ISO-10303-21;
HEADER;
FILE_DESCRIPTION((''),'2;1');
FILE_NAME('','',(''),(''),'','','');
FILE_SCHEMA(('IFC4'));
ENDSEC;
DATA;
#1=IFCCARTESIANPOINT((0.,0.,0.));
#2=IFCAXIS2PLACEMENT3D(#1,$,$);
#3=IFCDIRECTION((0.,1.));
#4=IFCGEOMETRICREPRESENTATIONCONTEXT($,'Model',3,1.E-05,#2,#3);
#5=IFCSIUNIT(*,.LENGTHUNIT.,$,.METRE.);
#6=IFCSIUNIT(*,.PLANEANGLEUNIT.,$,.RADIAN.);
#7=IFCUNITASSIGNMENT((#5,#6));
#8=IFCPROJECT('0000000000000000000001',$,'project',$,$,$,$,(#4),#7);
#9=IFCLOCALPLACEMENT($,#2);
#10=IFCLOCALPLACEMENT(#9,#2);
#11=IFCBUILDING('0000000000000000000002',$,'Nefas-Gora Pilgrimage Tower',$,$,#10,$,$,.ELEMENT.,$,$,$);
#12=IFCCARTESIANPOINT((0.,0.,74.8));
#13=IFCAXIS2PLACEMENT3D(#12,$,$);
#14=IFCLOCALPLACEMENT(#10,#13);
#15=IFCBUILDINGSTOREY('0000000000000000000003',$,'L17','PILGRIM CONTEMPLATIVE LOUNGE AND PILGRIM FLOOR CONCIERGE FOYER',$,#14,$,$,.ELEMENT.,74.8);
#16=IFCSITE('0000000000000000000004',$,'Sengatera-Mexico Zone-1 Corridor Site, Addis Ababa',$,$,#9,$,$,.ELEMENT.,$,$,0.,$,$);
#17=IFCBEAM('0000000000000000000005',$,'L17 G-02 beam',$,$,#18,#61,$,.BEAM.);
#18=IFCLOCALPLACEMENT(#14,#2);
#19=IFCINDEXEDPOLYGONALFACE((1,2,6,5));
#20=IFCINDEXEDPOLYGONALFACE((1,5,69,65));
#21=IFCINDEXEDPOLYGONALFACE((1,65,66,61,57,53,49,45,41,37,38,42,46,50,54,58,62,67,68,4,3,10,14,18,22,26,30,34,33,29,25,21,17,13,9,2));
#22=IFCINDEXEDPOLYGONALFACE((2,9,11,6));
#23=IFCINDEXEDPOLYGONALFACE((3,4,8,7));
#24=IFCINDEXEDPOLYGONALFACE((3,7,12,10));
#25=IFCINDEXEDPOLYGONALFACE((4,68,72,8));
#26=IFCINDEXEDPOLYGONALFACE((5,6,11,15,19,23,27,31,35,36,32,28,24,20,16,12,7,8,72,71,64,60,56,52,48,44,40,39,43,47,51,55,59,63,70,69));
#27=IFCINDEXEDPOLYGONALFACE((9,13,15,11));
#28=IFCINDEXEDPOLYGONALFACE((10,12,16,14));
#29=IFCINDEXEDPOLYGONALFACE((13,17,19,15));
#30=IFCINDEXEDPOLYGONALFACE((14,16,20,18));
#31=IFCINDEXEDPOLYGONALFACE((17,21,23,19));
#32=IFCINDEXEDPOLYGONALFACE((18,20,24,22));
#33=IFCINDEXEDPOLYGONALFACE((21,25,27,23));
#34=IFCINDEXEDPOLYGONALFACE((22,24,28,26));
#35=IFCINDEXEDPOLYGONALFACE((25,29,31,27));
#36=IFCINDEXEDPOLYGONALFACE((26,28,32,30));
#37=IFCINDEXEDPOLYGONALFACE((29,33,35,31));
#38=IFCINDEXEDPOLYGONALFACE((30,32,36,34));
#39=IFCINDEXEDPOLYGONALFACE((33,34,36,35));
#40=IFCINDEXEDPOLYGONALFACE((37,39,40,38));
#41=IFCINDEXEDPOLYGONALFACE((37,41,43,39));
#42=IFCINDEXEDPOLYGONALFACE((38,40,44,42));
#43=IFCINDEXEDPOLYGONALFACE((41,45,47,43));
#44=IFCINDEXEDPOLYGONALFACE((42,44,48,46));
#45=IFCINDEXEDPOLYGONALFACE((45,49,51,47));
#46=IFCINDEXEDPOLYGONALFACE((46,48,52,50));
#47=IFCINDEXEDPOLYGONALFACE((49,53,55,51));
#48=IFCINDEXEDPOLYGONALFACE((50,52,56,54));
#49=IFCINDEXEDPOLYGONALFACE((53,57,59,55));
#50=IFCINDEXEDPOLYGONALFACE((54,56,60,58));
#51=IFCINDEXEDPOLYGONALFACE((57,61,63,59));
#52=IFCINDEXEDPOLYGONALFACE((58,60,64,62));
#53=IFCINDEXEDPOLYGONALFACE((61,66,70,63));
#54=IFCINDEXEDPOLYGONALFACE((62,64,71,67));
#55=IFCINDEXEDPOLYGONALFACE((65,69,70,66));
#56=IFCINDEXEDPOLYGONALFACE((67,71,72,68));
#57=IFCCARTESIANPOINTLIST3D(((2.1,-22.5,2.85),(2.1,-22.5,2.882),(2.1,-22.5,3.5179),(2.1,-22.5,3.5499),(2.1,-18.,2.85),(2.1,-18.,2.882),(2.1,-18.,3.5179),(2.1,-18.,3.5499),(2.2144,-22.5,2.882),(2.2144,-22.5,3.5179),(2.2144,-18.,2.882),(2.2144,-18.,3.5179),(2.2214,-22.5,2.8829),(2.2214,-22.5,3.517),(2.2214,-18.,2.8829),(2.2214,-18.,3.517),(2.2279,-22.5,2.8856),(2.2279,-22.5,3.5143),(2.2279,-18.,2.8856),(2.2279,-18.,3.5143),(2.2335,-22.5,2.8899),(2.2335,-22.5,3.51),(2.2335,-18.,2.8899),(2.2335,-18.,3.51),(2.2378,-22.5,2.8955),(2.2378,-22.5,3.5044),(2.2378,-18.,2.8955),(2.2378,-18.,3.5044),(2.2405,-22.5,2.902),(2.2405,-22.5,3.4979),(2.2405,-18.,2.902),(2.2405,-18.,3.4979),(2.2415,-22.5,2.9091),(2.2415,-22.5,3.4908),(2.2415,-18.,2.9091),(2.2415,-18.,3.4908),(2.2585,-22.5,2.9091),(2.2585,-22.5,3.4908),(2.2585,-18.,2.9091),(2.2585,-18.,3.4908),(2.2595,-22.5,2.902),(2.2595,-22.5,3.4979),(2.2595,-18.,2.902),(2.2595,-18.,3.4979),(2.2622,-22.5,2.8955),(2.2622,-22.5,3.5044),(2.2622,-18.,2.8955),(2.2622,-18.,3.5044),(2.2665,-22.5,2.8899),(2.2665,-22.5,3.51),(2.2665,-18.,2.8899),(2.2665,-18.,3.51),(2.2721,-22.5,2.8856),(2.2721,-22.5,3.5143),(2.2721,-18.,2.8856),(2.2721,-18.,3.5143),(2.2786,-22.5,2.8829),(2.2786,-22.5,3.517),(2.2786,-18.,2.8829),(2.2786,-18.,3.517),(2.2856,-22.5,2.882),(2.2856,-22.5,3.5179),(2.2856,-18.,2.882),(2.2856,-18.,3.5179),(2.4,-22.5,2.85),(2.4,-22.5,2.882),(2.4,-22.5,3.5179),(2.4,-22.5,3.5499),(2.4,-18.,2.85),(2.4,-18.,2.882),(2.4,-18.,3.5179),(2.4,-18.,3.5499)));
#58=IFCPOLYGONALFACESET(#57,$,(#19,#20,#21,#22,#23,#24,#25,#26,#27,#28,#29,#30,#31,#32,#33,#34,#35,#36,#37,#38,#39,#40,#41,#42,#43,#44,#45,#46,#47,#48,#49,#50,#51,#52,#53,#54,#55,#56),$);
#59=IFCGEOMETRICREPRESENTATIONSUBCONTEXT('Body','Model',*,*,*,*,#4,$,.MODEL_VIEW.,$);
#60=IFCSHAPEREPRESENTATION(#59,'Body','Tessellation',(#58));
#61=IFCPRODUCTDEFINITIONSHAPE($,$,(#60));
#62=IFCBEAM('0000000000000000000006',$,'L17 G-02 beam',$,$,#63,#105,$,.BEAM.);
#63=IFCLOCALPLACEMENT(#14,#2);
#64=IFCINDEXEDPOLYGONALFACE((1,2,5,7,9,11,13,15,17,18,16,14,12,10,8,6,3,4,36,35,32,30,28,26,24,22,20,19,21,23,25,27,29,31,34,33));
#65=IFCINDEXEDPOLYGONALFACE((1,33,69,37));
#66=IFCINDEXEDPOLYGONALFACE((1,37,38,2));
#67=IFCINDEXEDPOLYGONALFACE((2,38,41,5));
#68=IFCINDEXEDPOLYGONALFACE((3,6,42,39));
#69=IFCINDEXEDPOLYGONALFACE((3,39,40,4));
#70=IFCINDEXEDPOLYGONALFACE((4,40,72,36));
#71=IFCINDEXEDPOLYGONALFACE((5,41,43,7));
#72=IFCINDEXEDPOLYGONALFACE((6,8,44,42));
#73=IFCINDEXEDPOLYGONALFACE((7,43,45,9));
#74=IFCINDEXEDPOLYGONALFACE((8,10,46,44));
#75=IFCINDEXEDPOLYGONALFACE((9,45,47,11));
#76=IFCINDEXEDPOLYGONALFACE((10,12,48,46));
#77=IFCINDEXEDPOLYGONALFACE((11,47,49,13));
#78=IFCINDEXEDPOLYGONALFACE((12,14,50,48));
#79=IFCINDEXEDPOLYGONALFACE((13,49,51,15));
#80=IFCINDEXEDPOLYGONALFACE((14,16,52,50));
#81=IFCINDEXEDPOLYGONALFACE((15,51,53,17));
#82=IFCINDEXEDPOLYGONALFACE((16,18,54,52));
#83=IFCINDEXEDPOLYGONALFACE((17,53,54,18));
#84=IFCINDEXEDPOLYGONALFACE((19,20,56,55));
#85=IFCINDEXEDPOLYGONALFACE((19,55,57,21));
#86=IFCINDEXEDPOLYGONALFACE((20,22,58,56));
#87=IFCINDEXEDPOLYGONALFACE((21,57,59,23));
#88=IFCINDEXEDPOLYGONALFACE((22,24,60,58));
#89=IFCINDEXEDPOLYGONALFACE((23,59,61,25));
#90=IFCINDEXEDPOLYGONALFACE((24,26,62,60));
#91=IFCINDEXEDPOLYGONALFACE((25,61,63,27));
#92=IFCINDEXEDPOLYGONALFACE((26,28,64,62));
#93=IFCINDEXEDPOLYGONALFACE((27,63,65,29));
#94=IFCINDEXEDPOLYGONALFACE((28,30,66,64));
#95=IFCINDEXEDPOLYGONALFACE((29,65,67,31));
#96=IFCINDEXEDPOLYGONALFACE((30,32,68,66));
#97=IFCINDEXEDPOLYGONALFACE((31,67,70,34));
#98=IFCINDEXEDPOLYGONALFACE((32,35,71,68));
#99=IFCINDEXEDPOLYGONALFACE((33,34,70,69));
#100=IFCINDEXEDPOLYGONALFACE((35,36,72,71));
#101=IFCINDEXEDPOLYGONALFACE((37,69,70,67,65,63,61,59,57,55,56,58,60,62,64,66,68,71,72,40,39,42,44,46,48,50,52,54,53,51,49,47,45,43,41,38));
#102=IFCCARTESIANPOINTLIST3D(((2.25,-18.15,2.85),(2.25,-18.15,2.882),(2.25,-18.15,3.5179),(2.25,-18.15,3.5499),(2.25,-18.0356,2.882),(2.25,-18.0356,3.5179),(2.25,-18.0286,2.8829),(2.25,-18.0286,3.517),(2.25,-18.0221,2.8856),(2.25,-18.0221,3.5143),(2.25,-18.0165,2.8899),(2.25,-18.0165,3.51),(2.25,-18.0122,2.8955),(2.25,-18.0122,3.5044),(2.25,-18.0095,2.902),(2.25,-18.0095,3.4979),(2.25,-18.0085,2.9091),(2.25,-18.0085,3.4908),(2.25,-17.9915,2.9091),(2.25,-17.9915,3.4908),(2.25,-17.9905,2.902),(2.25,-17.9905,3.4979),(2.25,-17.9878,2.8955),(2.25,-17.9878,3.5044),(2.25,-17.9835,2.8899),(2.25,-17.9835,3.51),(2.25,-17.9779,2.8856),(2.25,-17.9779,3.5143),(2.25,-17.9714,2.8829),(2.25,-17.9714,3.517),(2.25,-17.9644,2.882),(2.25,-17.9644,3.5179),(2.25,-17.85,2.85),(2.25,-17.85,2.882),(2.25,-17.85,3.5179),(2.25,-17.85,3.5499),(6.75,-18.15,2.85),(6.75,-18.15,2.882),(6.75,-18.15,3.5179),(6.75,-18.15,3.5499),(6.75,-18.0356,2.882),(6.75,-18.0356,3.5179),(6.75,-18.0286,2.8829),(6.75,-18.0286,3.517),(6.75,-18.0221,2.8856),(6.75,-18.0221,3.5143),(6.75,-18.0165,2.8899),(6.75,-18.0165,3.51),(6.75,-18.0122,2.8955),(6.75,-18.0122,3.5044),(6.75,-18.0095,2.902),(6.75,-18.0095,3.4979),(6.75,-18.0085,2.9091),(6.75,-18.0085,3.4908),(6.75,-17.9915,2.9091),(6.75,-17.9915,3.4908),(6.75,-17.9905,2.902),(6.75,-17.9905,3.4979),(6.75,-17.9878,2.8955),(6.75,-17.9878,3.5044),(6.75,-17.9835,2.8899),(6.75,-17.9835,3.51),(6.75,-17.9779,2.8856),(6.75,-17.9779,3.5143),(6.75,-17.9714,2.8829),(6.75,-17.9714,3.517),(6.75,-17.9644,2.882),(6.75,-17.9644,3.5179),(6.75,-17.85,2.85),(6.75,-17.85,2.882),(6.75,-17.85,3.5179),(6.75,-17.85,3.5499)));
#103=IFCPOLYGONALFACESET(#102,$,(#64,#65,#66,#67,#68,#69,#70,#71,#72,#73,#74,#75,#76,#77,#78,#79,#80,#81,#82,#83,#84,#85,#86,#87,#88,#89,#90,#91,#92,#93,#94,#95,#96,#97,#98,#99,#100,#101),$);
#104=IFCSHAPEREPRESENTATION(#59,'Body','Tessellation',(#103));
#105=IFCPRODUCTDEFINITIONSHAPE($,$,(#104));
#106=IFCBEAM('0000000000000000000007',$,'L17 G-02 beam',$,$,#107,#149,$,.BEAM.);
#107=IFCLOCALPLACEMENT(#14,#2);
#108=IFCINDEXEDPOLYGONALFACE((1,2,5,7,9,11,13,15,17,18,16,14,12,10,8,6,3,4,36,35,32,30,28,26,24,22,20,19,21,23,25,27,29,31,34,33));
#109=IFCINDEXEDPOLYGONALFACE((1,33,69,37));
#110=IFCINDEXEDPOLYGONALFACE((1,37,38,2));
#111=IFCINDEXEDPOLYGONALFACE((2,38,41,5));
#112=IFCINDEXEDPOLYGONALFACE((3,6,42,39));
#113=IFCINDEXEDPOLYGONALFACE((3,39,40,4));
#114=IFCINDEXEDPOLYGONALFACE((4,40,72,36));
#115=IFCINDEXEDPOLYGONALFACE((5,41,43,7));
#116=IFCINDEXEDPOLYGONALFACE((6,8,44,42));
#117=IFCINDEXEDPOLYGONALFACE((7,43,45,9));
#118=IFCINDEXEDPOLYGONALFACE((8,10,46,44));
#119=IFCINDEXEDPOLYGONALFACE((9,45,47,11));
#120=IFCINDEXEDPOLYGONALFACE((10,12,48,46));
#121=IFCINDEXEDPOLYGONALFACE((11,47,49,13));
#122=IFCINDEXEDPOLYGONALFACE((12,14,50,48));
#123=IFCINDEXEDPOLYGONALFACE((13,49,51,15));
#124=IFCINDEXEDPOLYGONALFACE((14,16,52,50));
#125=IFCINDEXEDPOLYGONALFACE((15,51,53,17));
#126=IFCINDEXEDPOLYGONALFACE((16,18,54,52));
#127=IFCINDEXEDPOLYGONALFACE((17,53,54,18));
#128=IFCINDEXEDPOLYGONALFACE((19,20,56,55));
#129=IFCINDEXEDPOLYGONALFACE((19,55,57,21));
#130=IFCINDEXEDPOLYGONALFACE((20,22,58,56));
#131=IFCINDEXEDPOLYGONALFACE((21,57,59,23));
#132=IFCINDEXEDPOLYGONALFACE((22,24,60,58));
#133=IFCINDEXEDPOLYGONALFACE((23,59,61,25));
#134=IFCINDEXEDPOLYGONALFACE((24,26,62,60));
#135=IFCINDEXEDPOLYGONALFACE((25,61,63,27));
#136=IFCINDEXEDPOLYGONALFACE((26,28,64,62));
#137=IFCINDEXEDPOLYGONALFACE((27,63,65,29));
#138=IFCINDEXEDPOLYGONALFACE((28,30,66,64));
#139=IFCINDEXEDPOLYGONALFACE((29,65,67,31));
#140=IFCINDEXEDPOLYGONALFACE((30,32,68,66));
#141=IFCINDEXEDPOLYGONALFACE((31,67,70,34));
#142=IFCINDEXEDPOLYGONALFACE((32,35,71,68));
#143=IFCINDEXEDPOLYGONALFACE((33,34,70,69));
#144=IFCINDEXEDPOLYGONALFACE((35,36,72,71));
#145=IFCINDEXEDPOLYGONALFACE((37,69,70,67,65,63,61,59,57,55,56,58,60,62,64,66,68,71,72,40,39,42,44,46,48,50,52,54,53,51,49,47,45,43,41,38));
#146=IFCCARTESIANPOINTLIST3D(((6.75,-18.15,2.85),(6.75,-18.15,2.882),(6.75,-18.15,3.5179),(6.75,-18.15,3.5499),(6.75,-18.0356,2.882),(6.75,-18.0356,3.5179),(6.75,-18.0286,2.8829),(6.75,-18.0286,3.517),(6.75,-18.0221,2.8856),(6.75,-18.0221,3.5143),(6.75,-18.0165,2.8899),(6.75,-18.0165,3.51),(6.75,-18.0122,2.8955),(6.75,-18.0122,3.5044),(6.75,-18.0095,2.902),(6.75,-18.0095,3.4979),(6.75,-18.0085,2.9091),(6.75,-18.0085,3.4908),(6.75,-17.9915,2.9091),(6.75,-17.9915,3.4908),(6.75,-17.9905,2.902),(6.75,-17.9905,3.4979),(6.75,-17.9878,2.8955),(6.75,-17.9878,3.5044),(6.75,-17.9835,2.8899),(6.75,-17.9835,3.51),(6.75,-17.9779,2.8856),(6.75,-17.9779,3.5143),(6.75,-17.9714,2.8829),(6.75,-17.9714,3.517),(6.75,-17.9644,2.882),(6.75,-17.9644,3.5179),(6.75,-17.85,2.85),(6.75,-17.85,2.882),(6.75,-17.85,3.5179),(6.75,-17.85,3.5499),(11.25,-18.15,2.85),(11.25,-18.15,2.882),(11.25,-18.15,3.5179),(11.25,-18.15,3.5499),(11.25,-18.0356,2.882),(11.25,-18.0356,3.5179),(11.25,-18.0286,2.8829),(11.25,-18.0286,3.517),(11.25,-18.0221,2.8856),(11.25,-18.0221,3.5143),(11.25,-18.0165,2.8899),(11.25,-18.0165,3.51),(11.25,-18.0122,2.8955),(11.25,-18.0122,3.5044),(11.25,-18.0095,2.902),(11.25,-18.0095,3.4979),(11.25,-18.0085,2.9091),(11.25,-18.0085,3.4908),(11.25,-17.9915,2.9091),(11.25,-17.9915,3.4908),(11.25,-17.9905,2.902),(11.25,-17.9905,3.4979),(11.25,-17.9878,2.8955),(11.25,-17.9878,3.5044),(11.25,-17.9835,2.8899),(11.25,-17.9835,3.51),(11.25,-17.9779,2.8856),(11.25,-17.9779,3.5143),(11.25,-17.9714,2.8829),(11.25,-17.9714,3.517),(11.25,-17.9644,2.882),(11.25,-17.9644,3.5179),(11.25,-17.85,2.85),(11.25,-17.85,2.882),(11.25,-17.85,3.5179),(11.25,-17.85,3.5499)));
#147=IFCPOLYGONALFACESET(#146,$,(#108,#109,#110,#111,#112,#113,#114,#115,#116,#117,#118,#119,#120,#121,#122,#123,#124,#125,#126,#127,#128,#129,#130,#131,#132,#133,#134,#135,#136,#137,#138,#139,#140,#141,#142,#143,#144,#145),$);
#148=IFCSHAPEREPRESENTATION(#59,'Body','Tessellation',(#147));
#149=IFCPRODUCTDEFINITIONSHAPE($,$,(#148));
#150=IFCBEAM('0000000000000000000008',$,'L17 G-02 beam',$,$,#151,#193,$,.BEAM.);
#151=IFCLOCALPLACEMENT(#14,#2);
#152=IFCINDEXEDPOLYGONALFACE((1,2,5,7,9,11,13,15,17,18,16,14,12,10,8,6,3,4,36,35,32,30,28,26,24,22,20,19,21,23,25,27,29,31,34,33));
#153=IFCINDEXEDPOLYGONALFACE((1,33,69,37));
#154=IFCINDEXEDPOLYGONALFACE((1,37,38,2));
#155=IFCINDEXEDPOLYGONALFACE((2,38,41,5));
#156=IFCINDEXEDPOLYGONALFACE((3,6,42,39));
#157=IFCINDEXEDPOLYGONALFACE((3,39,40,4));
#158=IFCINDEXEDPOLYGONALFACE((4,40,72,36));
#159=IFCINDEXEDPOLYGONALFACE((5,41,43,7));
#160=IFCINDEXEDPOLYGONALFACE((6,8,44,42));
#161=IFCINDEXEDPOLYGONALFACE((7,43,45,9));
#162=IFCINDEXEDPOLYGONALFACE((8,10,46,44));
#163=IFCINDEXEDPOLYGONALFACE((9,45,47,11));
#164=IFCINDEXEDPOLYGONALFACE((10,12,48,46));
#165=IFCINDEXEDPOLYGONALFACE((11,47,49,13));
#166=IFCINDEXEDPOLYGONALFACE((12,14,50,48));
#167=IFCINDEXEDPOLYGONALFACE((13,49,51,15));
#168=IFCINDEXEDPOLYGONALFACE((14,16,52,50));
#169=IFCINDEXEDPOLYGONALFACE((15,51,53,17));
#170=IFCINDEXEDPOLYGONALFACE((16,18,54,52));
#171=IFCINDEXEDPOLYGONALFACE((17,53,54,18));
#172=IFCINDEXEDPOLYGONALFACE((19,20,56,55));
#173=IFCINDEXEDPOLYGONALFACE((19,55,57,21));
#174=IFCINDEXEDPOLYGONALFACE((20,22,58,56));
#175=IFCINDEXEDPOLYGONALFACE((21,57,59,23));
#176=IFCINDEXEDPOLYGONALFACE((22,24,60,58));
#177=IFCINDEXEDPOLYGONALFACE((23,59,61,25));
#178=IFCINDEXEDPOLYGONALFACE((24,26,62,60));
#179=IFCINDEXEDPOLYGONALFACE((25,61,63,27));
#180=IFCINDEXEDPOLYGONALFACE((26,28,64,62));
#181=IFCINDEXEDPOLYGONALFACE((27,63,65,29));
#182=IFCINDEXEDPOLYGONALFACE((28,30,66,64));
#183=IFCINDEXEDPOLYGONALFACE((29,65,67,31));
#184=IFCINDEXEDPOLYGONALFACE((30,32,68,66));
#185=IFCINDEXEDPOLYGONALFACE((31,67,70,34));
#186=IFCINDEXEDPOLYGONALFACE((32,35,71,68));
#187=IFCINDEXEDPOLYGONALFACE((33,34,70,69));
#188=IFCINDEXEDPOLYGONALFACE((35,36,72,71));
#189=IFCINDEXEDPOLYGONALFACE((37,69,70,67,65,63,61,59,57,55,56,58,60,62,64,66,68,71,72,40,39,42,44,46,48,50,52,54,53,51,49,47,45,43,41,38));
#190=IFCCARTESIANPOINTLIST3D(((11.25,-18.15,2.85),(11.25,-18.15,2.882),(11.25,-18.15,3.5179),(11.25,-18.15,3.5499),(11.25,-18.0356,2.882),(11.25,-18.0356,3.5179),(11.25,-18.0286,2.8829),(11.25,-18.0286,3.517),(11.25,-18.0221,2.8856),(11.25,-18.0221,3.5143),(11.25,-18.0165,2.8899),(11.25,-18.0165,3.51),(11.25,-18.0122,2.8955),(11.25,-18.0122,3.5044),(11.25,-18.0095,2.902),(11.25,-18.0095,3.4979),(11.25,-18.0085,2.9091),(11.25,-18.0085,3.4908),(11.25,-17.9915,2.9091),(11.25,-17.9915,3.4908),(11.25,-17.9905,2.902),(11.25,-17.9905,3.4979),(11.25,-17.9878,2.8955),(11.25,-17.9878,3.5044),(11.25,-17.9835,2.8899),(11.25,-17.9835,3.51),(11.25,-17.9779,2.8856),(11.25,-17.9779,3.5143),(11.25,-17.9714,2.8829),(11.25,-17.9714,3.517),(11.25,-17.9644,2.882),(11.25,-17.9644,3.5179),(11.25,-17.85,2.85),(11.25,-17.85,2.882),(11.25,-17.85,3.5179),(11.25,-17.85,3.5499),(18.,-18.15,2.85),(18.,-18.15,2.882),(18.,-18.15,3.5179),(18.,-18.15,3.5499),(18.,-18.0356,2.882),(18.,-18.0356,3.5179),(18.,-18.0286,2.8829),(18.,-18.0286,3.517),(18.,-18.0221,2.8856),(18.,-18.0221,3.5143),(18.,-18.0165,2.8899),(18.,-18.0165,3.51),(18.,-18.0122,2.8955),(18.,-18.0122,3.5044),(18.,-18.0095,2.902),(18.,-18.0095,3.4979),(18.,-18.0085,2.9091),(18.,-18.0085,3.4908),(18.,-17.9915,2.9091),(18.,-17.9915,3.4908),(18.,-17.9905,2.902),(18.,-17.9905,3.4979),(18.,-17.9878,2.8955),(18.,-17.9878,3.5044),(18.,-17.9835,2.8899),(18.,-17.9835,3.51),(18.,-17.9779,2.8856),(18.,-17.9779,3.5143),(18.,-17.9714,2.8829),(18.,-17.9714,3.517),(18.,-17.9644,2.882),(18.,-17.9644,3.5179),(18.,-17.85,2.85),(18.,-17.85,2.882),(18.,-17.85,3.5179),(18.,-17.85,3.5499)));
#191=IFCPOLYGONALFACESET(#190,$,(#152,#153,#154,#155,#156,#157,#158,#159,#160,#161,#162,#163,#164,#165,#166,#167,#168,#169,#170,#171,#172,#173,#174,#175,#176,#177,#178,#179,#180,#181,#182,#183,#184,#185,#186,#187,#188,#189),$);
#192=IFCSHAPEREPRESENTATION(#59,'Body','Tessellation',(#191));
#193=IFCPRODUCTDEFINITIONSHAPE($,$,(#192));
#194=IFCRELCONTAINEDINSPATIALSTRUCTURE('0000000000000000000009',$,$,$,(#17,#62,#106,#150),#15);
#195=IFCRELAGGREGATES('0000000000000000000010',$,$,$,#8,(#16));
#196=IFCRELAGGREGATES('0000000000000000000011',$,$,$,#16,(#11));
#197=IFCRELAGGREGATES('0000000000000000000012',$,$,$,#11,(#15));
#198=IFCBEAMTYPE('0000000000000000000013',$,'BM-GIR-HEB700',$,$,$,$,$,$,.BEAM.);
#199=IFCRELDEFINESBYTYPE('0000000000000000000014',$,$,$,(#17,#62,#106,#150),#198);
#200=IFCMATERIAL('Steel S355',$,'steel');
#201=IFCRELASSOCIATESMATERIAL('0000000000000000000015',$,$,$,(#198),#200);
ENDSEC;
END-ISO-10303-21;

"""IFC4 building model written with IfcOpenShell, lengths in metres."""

from ifc_helpers import new_model, si_unit, direction, frame, origin, origin_2d, place, context, subcontext, project, spatial, i_section, extrude, source, transform, mapped, material, material_profile, profile_set, type_object, element, save


model = new_model("IFC4")

# Units and contexts
model_context = context("Model", 3, precision=1e-05, world=origin(), true_north=direction((0.0, 1.0)))
body_context = subcontext(model_context, "Body", "Model", "MODEL_VIEW")
ifc_project = project(units=[si_unit("LENGTHUNIT", "METRE"), si_unit("PLANEANGLEUNIT", "RADIAN")], contexts=[model_context])

# Site, building, storey
site_placement = place(None, origin())
site = spatial("IfcSite", under=ifc_project, at=site_placement, Name="Sengatera-Mexico Zone-1 Corridor Site, Addis Ababa", CompositionType="ELEMENT", RefElevation=0.0)
building_placement = place(site_placement, origin())
building = spatial("IfcBuilding", under=site, at=building_placement, Name="Nefas-Gora Pilgrimage Tower", CompositionType="ELEMENT")
storey_placement = place(building_placement, frame((0.0, 0.0, 74.8)))
storey = spatial("IfcBuildingStorey", under=building, at=storey_placement, Name="L17", Description="PILGRIM CONTEMPLATIVE LOUNGE AND PILGRIM FLOOR CONCIERGE FOYER", CompositionType="ELEMENT", Elevation=74.8)

# Beams
ifc_material_1 = material(Name="Steel S355", Category="steel")
ifc_material_profile_1 = material_profile(ifc_material_1, i_section(OverallWidth=0.3, OverallDepth=0.7, WebThickness=0.0171, FlangeThickness=0.032, FilletRadius=0.0271, at=origin_2d()), Name="HEB 700")
ifc_profile_set_1 = profile_set([ifc_material_profile_1], Name="Steel S355")
beam_type_1 = type_object("IfcBeamType", Name="BM-GIR-HEB700", PredefinedType="BEAM", material=ifc_profile_set_1)
shared_shape_1 = source(origin(), body_context, "Body", "SweptSolid", [
    extrude(i_section(OverallWidth=0.3, OverallDepth=0.7, WebThickness=0.0171, FlangeThickness=0.032, FilletRadius=0.0271, at=origin_2d()), origin(), (0.0, 0.0, 1.0), 4.5),
])
for number, where, z_axis, x_axis, name in (
    (1, (2.25, -22.5, 3.2), (0.0, 1.0, 0.0), (-1.0, 0.0, 0.0), "L17 G-02 beam"),
    (2, (2.25, -18.0, 3.2), (1.0, 0.0, 0.0), (0.0, 1.0, 0.0), "L17 G-02 beam"),
    (3, (6.75, -18.0, 3.2), (1.0, 0.0, 0.0), (0.0, 1.0, 0.0), "L17 G-02 beam"),
):
    element("IfcBeam", number, at=place(storey_placement, frame(where, z_axis=z_axis, x_axis=x_axis)), inside=storey, type_object=beam_type_1, Name=name, PredefinedType="BEAM", context=body_context, shape_type="MappedRepresentation", body=[
        mapped(shared_shape_1, transform((0.0, 0.0, 0.0), x_axis=(1.0, 0.0, 0.0), y_axis=(0.0, 1.0, 0.0), z_axis=(0.0, 0.0, 1.0), scale=1.0)),
    ])
shared_shape_2 = source(origin(), body_context, "Body", "SweptSolid", [
    extrude(i_section(OverallWidth=0.3, OverallDepth=0.7, WebThickness=0.0171, FlangeThickness=0.032, FilletRadius=0.0271, at=origin_2d()), origin(), (0.0, 0.0, 1.0), 6.75),
])
beam_1_placement = place(storey_placement, frame((11.25, -18.0, 3.2), z_axis=(1.0, 0.0, 0.0), x_axis=(0.0, 1.0, 0.0)))
element("IfcBeam", 4, at=beam_1_placement, inside=storey, type_object=beam_type_1, Name="L17 G-02 beam", PredefinedType="BEAM", context=body_context, shape_type="MappedRepresentation", body=[
    mapped(shared_shape_2, transform((0.0, 0.0, 0.0), x_axis=(1.0, 0.0, 0.0), y_axis=(0.0, 1.0, 0.0), z_axis=(0.0, 0.0, 1.0), scale=1.0)),
])

save(model, "model.ifc")
